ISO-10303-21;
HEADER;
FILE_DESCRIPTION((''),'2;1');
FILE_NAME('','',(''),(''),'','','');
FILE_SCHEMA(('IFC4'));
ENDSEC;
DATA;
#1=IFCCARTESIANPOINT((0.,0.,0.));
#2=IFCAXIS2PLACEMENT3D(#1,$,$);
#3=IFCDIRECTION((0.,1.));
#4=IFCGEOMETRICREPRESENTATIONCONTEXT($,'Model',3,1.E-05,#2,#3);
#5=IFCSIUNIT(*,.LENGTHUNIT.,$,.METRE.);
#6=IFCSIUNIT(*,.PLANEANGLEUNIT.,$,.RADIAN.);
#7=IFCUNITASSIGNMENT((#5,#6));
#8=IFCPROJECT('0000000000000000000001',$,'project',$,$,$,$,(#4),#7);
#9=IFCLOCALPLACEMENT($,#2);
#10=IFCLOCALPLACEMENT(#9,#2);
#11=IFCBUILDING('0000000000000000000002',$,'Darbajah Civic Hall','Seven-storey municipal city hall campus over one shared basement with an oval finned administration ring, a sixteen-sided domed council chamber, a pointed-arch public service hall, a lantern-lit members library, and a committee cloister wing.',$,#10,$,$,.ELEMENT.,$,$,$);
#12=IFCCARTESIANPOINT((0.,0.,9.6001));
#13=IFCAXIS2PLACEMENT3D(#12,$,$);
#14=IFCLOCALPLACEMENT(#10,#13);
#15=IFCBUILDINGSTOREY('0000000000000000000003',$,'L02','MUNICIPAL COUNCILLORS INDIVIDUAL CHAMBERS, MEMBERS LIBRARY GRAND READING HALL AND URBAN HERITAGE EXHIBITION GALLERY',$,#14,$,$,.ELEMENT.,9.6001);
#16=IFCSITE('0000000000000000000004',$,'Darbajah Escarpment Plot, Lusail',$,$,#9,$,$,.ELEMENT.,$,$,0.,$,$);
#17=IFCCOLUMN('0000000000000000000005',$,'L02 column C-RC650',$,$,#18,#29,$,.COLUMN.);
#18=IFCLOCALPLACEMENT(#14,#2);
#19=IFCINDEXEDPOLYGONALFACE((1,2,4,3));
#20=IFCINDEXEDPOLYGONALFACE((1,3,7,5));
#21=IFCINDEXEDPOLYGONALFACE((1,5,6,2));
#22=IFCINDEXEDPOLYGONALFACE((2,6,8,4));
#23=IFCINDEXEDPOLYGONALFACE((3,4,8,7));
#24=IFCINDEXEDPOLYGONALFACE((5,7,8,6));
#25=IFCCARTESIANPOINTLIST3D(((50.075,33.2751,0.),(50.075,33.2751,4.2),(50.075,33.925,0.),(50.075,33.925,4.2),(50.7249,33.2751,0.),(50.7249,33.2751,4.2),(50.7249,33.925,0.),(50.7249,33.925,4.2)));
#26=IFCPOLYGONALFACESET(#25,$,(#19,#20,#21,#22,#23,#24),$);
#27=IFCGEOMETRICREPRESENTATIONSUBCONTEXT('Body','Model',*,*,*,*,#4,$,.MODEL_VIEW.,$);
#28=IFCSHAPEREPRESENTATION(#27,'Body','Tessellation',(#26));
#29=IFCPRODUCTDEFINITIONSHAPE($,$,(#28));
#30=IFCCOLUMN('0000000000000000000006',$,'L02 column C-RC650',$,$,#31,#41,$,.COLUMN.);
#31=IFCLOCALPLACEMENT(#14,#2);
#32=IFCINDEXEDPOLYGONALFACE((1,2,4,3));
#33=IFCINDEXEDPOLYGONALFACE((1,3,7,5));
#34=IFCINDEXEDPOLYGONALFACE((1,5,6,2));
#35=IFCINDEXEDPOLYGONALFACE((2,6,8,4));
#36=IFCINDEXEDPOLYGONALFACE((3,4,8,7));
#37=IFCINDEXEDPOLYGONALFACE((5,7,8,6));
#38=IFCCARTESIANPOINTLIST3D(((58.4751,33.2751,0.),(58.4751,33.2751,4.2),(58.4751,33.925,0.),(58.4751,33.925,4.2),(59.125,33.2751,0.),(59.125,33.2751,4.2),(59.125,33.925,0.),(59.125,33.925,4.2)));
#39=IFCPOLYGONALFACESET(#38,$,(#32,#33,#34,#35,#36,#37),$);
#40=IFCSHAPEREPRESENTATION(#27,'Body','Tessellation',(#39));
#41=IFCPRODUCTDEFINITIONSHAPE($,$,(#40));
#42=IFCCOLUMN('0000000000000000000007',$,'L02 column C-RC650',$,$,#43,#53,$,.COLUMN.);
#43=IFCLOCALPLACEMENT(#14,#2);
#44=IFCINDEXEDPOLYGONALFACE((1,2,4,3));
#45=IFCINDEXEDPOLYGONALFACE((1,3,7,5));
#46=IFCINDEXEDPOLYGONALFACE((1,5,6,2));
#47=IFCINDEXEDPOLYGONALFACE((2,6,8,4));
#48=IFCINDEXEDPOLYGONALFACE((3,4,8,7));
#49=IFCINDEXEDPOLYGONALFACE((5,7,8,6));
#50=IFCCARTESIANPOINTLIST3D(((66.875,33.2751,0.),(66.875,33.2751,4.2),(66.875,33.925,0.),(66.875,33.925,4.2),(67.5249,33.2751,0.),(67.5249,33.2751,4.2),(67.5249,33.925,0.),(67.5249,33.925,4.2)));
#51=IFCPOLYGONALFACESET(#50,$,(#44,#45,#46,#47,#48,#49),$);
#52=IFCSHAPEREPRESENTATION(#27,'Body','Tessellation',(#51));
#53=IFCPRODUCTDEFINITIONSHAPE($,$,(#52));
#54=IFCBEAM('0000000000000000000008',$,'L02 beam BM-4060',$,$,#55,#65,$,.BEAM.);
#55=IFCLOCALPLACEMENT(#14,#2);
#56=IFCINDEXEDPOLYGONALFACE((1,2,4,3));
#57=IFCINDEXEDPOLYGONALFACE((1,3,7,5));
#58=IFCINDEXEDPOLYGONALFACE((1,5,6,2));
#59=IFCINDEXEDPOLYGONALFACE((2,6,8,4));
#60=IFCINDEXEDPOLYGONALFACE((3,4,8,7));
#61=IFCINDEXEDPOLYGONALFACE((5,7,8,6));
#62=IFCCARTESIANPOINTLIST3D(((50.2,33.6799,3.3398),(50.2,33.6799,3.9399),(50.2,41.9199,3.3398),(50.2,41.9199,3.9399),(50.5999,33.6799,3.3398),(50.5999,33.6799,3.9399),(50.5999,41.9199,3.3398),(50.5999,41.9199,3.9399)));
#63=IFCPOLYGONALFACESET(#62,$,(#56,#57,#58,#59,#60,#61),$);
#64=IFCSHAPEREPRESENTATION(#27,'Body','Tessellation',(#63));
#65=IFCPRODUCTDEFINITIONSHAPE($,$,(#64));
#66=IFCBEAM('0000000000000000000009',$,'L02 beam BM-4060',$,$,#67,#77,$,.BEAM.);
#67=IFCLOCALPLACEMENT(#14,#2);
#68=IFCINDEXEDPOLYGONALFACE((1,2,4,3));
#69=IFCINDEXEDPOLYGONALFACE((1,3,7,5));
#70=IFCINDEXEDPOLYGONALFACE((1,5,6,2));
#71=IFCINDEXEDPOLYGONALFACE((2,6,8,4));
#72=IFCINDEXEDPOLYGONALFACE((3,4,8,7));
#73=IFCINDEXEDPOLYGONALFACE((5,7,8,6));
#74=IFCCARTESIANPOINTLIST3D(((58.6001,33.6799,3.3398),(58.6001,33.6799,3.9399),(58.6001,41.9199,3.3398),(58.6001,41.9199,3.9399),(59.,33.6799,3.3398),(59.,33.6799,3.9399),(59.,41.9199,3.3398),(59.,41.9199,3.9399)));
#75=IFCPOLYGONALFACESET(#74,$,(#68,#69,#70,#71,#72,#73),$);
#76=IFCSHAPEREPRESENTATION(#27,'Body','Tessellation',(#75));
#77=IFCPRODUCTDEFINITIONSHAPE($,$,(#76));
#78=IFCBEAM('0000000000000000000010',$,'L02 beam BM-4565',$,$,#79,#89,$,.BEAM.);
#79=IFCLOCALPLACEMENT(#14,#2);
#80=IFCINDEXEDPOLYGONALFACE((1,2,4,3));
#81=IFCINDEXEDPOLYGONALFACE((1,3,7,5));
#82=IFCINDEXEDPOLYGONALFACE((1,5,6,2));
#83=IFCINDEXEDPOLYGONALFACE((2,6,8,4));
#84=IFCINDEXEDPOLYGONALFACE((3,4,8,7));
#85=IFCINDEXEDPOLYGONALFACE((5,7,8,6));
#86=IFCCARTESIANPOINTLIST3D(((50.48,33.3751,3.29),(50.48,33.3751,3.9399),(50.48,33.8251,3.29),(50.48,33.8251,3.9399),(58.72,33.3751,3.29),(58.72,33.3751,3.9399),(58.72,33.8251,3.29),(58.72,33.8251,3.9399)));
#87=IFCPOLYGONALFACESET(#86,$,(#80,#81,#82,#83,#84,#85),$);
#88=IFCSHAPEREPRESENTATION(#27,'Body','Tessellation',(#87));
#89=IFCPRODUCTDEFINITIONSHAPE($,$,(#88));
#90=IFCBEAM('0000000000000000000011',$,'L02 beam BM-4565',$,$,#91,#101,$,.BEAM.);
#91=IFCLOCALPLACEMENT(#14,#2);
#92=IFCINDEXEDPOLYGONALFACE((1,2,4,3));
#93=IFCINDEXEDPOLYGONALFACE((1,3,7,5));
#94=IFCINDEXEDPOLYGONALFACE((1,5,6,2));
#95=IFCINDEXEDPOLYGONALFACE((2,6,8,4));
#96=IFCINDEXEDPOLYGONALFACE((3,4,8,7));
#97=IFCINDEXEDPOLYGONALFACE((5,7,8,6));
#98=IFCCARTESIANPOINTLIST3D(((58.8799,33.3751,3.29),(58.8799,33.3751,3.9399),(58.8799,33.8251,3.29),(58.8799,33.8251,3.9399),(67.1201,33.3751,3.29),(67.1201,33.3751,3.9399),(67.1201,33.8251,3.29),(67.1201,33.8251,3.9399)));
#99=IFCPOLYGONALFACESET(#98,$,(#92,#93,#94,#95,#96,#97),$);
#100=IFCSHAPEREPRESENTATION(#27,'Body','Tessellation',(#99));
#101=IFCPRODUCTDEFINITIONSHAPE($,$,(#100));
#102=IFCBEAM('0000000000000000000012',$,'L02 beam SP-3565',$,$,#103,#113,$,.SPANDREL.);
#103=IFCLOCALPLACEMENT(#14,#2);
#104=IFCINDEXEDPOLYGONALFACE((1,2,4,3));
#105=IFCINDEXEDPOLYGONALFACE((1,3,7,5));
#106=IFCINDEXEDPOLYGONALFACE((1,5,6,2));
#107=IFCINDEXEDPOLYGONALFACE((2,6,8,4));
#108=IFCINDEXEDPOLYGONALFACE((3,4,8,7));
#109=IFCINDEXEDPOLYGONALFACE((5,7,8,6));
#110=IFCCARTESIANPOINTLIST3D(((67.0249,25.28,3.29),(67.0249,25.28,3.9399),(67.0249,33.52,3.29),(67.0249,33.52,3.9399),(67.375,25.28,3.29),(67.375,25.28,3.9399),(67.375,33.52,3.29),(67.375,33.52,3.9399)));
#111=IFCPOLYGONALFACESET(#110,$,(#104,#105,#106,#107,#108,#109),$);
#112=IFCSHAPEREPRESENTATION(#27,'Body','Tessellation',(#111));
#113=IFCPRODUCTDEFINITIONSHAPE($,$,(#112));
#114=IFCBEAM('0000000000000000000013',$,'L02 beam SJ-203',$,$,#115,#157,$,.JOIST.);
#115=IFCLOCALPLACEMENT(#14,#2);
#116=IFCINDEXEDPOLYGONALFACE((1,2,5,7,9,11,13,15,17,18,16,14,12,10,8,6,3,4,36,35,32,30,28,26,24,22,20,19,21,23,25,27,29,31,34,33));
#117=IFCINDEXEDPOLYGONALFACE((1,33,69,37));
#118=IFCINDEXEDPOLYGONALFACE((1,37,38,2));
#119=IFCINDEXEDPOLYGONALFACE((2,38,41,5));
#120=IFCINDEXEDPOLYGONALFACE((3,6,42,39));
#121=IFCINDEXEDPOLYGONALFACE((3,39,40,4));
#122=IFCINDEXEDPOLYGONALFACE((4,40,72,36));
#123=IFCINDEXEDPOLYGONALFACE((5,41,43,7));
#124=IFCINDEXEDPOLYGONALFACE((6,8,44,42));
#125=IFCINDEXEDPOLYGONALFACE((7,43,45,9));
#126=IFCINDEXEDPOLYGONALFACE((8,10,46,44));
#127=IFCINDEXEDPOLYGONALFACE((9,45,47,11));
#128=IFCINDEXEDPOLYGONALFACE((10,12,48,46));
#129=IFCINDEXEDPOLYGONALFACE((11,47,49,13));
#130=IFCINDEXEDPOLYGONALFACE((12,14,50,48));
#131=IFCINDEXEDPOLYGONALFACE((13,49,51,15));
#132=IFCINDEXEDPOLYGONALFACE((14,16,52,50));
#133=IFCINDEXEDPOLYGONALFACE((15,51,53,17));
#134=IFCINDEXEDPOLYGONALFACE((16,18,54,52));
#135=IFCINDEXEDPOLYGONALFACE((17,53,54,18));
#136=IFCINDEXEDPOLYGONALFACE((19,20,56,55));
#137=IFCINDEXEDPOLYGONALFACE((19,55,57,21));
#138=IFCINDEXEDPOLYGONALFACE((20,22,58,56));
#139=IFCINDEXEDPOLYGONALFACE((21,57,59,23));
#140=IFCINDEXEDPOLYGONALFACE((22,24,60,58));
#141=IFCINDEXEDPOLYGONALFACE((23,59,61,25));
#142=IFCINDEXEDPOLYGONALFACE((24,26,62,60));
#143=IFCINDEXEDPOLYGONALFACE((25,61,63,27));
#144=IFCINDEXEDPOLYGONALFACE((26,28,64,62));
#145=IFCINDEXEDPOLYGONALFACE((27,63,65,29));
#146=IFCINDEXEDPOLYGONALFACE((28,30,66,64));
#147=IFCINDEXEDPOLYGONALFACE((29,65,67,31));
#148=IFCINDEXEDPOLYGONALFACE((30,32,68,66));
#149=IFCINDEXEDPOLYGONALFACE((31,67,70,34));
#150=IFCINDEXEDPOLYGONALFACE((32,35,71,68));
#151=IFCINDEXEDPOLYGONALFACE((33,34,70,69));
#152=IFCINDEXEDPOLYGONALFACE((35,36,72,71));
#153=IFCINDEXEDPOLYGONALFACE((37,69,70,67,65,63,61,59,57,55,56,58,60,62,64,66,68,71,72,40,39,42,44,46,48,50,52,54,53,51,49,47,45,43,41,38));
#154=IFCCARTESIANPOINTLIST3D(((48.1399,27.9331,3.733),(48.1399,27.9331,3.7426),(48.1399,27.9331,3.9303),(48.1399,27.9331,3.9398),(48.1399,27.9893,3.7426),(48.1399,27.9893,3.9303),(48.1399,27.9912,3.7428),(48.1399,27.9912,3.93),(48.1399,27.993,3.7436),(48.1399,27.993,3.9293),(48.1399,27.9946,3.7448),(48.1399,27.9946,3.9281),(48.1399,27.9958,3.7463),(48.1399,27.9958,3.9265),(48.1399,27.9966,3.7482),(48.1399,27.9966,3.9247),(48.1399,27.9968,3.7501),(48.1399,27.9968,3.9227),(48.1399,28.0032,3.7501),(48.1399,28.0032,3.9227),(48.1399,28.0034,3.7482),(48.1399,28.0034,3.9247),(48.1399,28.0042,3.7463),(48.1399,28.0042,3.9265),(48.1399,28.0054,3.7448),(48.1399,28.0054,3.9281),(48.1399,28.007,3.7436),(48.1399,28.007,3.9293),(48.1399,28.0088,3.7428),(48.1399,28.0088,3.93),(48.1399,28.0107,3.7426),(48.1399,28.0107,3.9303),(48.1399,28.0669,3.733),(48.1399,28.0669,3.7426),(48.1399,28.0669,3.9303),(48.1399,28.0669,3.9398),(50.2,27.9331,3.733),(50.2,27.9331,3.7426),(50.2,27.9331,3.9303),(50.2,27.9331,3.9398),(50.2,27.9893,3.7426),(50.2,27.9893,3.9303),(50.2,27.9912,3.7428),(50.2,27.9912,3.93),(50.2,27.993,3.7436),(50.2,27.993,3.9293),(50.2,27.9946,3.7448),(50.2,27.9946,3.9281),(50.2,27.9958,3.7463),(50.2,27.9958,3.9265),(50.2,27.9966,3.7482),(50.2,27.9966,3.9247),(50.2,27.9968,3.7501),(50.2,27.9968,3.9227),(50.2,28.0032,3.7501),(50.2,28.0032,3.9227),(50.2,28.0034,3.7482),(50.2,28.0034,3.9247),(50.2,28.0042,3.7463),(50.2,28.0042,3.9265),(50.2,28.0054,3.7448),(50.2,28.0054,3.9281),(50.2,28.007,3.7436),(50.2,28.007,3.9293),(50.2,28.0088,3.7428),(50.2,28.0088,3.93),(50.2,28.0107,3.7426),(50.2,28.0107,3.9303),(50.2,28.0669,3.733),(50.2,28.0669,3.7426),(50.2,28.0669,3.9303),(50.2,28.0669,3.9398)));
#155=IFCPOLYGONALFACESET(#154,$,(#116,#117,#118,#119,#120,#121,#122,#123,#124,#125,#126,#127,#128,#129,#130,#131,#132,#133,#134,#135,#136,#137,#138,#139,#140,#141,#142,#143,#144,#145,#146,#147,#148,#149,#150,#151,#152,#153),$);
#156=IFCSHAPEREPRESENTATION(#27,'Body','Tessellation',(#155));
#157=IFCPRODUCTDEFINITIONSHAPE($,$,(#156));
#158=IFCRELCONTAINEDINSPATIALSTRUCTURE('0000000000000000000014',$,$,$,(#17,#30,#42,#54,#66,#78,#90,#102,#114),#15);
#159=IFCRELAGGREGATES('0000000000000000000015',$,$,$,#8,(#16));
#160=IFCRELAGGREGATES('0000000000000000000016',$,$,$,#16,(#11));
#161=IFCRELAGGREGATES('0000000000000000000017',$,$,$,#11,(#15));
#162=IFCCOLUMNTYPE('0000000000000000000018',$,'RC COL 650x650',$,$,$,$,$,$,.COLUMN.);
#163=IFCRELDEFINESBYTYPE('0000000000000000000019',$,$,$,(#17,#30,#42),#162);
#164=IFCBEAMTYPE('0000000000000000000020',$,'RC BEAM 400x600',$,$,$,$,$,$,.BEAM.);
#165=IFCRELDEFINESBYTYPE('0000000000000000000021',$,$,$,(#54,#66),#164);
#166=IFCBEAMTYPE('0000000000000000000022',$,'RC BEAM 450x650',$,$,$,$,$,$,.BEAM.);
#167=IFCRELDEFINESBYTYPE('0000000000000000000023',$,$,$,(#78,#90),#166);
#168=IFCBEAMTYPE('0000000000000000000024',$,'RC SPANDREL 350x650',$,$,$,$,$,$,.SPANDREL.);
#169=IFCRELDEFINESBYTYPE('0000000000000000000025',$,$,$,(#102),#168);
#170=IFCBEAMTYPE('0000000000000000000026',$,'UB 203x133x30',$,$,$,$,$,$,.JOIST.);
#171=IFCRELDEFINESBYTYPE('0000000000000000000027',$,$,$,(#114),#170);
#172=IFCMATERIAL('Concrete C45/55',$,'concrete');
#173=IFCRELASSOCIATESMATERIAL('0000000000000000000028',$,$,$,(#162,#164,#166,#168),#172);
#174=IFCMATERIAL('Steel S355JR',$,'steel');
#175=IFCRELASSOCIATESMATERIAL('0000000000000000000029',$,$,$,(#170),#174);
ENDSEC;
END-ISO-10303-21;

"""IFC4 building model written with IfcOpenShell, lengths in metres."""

from ifc_helpers import new_model, si_unit, direction, frame, origin, origin_2d, place, context, subcontext, project, spatial, rectangle, i_section, extrude, material, material_profile, profile_set, type_object, element, save


model = new_model("IFC4")

# Units and contexts
model_context = context("Model", 3, precision=1e-05, world=origin(), true_north=direction((0.0, 1.0)))
body_context = subcontext(model_context, "Body", "Model", "MODEL_VIEW")
ifc_project = project(units=[si_unit("LENGTHUNIT", "METRE"), si_unit("PLANEANGLEUNIT", "RADIAN")], contexts=[model_context])

# Site, building, storey
site_placement = place(None, origin())
site = spatial("IfcSite", under=ifc_project, at=site_placement, Name="Darbajah Escarpment Plot, Lusail", CompositionType="ELEMENT", RefElevation=0.0)
building_placement = place(site_placement, origin())
building = spatial("IfcBuilding", under=site, at=building_placement, Name="Darbajah Civic Hall", Description="Seven-storey municipal city hall campus over one shared basement with an oval finned administration ring, a sixteen-sided domed council chamber, a pointed-arch public service hall, a lantern-lit members library, and a committee cloister wing.", CompositionType="ELEMENT")
storey_placement = place(building_placement, frame((0.0, 0.0, 9.6001)))
storey = spatial("IfcBuildingStorey", under=building, at=storey_placement, Name="L02", Description="MUNICIPAL COUNCILLORS INDIVIDUAL CHAMBERS, MEMBERS LIBRARY GRAND READING HALL AND URBAN HERITAGE EXHIBITION GALLERY", CompositionType="ELEMENT", Elevation=9.6001)

# Columns
ifc_material_1 = material(Name="Concrete C45/55", Category="concrete")
ifc_material_profile_1 = material_profile(ifc_material_1, rectangle(XDim=0.6499, YDim=0.6499, at=origin_2d()), Name="RC COL 650x650")
ifc_profile_set_1 = profile_set([ifc_material_profile_1], Name="Concrete C45/55")
column_type = type_object("IfcColumnType", Name="RC COL 650x650", PredefinedType="COLUMN", material=ifc_profile_set_1)
for number, where, z_axis, x_axis, name in (
    (1, (50.3999, 33.6001, 0.0), (0.0, 0.0, 1.0), (1.0, 0.0, 0.0), "L02 column C-RC650"),
    (2, (58.8, 33.6001, 0.0), (0.0, 0.0, 1.0), (1.0, 0.0, 0.0), "L02 column C-RC650"),
    (3, (67.2, 33.6001, 0.0), (0.0, 0.0, 1.0), (1.0, 0.0, 0.0), "L02 column C-RC650"),
):
    element("IfcColumn", number, at=place(storey_placement, frame(where, z_axis=z_axis, x_axis=x_axis)), inside=storey, type_object=column_type, Name=name, PredefinedType="COLUMN", context=body_context, shape_type="SweptSolid", body=[
        extrude(rectangle(XDim=0.6499, YDim=0.6499, at=origin_2d()), origin(), (0.0, 0.0, 1.0), 4.2),
    ])

# Beams
ifc_material_profile_2 = material_profile(ifc_material_1, rectangle(XDim=0.3999, YDim=0.6001, at=origin_2d()), Name="RC BEAM 400x600")
ifc_profile_set_2 = profile_set([ifc_material_profile_2], Name="Concrete C45/55")
beam_type_1 = type_object("IfcBeamType", Name="RC BEAM 400x600", PredefinedType="BEAM", material=ifc_profile_set_2)
for number, where, z_axis, x_axis, name in (
    (4, (50.3999, 33.6799, 3.6399), (0.0, 1.0, 0.0), (-1.0, 0.0, 0.0), "L02 beam BM-4060"),
    (5, (58.8, 33.6799, 3.6399), (0.0, 1.0, 0.0), (-1.0, 0.0, 0.0), "L02 beam BM-4060"),
):
    element("IfcBeam", number, at=place(storey_placement, frame(where, z_axis=z_axis, x_axis=x_axis)), inside=storey, type_object=beam_type_1, Name=name, PredefinedType="BEAM", context=body_context, shape_type="SweptSolid", body=[
        extrude(rectangle(XDim=0.3999, YDim=0.6001, at=origin_2d()), origin(), (0.0, 0.0, 1.0), 8.24),
    ])
ifc_material_profile_3 = material_profile(ifc_material_1, rectangle(XDim=0.45, YDim=0.6499, at=origin_2d()), Name="RC BEAM 450x650")
ifc_profile_set_3 = profile_set([ifc_material_profile_3], Name="Concrete C45/55")
beam_type_2 = type_object("IfcBeamType", Name="RC BEAM 450x650", PredefinedType="BEAM", material=ifc_profile_set_3)
beam_1_placement = place(storey_placement, frame((50.48, 33.6001, 3.615), z_axis=(1.0, 0.0, 0.0), x_axis=(0.0, 1.0, 0.0)))
element("IfcBeam", 6, at=beam_1_placement, inside=storey, type_object=beam_type_2, Name="L02 beam BM-4565", PredefinedType="BEAM", context=body_context, shape_type="SweptSolid", body=[
    extrude(rectangle(XDim=0.45, YDim=0.6499, at=origin_2d()), origin(), (0.0, 0.0, 1.0), 8.24),
])
beam_2_placement = place(storey_placement, frame((58.8799, 33.6001, 3.615), z_axis=(1.0, 0.0, 0.0), x_axis=(0.0, 1.0, 0.0)))
element("IfcBeam", 7, at=beam_2_placement, inside=storey, type_object=beam_type_2, Name="L02 beam BM-4565", PredefinedType="BEAM", context=body_context, shape_type="SweptSolid", body=[
    extrude(rectangle(XDim=0.45, YDim=0.6499, at=origin_2d()), origin(), (0.0, 0.0, 1.0), 8.2402),
])
ifc_material_profile_4 = material_profile(ifc_material_1, rectangle(XDim=0.3501, YDim=0.6499, at=origin_2d()), Name="RC SPANDREL 350x650")
ifc_profile_set_4 = profile_set([ifc_material_profile_4], Name="Concrete C45/55")
beam_type_3 = type_object("IfcBeamType", Name="RC SPANDREL 350x650", PredefinedType="SPANDREL", material=ifc_profile_set_4)
beam_3_placement = place(storey_placement, frame((67.2, 25.28, 3.615), z_axis=(0.0, 1.0, 0.0), x_axis=(-1.0, 0.0, 0.0)))
element("IfcBeam", 8, at=beam_3_placement, inside=storey, type_object=beam_type_3, Name="L02 beam SP-3565", PredefinedType="SPANDREL", context=body_context, shape_type="SweptSolid", body=[
    extrude(rectangle(XDim=0.3501, YDim=0.6499, at=origin_2d()), origin(), (0.0, 0.0, 1.0), 8.24),
])
ifc_material_2 = material(Name="Steel S355JR", Category="steel")
ifc_material_profile_5 = material_profile(ifc_material_2, i_section(OverallWidth=0.1338, OverallDepth=0.2068, WebThickness=0.0063, FlangeThickness=0.0095, FilletRadius=0.0076, at=origin_2d()), Name="UB 203x133x30")
ifc_profile_set_5 = profile_set([ifc_material_profile_5], Name="Steel S355JR")
beam_type_4 = type_object("IfcBeamType", Name="UB 203x133x30", PredefinedType="JOIST", material=ifc_profile_set_5)
beam_4_placement = place(storey_placement, frame((48.1399, 28.0, 3.8364), z_axis=(1.0, 0.0, 0.0), x_axis=(0.0, 1.0, 0.0)))
element("IfcBeam", 9, at=beam_4_placement, inside=storey, type_object=beam_type_4, Name="L02 beam SJ-203", PredefinedType="JOIST", context=body_context, shape_type="SweptSolid", body=[
    extrude(i_section(OverallWidth=0.1338, OverallDepth=0.2068, WebThickness=0.0063, FlangeThickness=0.0095, FilletRadius=0.0076, at=origin_2d()), origin(), (0.0, 0.0, 1.0), 2.0601),
])

save(model, "model.ifc")
